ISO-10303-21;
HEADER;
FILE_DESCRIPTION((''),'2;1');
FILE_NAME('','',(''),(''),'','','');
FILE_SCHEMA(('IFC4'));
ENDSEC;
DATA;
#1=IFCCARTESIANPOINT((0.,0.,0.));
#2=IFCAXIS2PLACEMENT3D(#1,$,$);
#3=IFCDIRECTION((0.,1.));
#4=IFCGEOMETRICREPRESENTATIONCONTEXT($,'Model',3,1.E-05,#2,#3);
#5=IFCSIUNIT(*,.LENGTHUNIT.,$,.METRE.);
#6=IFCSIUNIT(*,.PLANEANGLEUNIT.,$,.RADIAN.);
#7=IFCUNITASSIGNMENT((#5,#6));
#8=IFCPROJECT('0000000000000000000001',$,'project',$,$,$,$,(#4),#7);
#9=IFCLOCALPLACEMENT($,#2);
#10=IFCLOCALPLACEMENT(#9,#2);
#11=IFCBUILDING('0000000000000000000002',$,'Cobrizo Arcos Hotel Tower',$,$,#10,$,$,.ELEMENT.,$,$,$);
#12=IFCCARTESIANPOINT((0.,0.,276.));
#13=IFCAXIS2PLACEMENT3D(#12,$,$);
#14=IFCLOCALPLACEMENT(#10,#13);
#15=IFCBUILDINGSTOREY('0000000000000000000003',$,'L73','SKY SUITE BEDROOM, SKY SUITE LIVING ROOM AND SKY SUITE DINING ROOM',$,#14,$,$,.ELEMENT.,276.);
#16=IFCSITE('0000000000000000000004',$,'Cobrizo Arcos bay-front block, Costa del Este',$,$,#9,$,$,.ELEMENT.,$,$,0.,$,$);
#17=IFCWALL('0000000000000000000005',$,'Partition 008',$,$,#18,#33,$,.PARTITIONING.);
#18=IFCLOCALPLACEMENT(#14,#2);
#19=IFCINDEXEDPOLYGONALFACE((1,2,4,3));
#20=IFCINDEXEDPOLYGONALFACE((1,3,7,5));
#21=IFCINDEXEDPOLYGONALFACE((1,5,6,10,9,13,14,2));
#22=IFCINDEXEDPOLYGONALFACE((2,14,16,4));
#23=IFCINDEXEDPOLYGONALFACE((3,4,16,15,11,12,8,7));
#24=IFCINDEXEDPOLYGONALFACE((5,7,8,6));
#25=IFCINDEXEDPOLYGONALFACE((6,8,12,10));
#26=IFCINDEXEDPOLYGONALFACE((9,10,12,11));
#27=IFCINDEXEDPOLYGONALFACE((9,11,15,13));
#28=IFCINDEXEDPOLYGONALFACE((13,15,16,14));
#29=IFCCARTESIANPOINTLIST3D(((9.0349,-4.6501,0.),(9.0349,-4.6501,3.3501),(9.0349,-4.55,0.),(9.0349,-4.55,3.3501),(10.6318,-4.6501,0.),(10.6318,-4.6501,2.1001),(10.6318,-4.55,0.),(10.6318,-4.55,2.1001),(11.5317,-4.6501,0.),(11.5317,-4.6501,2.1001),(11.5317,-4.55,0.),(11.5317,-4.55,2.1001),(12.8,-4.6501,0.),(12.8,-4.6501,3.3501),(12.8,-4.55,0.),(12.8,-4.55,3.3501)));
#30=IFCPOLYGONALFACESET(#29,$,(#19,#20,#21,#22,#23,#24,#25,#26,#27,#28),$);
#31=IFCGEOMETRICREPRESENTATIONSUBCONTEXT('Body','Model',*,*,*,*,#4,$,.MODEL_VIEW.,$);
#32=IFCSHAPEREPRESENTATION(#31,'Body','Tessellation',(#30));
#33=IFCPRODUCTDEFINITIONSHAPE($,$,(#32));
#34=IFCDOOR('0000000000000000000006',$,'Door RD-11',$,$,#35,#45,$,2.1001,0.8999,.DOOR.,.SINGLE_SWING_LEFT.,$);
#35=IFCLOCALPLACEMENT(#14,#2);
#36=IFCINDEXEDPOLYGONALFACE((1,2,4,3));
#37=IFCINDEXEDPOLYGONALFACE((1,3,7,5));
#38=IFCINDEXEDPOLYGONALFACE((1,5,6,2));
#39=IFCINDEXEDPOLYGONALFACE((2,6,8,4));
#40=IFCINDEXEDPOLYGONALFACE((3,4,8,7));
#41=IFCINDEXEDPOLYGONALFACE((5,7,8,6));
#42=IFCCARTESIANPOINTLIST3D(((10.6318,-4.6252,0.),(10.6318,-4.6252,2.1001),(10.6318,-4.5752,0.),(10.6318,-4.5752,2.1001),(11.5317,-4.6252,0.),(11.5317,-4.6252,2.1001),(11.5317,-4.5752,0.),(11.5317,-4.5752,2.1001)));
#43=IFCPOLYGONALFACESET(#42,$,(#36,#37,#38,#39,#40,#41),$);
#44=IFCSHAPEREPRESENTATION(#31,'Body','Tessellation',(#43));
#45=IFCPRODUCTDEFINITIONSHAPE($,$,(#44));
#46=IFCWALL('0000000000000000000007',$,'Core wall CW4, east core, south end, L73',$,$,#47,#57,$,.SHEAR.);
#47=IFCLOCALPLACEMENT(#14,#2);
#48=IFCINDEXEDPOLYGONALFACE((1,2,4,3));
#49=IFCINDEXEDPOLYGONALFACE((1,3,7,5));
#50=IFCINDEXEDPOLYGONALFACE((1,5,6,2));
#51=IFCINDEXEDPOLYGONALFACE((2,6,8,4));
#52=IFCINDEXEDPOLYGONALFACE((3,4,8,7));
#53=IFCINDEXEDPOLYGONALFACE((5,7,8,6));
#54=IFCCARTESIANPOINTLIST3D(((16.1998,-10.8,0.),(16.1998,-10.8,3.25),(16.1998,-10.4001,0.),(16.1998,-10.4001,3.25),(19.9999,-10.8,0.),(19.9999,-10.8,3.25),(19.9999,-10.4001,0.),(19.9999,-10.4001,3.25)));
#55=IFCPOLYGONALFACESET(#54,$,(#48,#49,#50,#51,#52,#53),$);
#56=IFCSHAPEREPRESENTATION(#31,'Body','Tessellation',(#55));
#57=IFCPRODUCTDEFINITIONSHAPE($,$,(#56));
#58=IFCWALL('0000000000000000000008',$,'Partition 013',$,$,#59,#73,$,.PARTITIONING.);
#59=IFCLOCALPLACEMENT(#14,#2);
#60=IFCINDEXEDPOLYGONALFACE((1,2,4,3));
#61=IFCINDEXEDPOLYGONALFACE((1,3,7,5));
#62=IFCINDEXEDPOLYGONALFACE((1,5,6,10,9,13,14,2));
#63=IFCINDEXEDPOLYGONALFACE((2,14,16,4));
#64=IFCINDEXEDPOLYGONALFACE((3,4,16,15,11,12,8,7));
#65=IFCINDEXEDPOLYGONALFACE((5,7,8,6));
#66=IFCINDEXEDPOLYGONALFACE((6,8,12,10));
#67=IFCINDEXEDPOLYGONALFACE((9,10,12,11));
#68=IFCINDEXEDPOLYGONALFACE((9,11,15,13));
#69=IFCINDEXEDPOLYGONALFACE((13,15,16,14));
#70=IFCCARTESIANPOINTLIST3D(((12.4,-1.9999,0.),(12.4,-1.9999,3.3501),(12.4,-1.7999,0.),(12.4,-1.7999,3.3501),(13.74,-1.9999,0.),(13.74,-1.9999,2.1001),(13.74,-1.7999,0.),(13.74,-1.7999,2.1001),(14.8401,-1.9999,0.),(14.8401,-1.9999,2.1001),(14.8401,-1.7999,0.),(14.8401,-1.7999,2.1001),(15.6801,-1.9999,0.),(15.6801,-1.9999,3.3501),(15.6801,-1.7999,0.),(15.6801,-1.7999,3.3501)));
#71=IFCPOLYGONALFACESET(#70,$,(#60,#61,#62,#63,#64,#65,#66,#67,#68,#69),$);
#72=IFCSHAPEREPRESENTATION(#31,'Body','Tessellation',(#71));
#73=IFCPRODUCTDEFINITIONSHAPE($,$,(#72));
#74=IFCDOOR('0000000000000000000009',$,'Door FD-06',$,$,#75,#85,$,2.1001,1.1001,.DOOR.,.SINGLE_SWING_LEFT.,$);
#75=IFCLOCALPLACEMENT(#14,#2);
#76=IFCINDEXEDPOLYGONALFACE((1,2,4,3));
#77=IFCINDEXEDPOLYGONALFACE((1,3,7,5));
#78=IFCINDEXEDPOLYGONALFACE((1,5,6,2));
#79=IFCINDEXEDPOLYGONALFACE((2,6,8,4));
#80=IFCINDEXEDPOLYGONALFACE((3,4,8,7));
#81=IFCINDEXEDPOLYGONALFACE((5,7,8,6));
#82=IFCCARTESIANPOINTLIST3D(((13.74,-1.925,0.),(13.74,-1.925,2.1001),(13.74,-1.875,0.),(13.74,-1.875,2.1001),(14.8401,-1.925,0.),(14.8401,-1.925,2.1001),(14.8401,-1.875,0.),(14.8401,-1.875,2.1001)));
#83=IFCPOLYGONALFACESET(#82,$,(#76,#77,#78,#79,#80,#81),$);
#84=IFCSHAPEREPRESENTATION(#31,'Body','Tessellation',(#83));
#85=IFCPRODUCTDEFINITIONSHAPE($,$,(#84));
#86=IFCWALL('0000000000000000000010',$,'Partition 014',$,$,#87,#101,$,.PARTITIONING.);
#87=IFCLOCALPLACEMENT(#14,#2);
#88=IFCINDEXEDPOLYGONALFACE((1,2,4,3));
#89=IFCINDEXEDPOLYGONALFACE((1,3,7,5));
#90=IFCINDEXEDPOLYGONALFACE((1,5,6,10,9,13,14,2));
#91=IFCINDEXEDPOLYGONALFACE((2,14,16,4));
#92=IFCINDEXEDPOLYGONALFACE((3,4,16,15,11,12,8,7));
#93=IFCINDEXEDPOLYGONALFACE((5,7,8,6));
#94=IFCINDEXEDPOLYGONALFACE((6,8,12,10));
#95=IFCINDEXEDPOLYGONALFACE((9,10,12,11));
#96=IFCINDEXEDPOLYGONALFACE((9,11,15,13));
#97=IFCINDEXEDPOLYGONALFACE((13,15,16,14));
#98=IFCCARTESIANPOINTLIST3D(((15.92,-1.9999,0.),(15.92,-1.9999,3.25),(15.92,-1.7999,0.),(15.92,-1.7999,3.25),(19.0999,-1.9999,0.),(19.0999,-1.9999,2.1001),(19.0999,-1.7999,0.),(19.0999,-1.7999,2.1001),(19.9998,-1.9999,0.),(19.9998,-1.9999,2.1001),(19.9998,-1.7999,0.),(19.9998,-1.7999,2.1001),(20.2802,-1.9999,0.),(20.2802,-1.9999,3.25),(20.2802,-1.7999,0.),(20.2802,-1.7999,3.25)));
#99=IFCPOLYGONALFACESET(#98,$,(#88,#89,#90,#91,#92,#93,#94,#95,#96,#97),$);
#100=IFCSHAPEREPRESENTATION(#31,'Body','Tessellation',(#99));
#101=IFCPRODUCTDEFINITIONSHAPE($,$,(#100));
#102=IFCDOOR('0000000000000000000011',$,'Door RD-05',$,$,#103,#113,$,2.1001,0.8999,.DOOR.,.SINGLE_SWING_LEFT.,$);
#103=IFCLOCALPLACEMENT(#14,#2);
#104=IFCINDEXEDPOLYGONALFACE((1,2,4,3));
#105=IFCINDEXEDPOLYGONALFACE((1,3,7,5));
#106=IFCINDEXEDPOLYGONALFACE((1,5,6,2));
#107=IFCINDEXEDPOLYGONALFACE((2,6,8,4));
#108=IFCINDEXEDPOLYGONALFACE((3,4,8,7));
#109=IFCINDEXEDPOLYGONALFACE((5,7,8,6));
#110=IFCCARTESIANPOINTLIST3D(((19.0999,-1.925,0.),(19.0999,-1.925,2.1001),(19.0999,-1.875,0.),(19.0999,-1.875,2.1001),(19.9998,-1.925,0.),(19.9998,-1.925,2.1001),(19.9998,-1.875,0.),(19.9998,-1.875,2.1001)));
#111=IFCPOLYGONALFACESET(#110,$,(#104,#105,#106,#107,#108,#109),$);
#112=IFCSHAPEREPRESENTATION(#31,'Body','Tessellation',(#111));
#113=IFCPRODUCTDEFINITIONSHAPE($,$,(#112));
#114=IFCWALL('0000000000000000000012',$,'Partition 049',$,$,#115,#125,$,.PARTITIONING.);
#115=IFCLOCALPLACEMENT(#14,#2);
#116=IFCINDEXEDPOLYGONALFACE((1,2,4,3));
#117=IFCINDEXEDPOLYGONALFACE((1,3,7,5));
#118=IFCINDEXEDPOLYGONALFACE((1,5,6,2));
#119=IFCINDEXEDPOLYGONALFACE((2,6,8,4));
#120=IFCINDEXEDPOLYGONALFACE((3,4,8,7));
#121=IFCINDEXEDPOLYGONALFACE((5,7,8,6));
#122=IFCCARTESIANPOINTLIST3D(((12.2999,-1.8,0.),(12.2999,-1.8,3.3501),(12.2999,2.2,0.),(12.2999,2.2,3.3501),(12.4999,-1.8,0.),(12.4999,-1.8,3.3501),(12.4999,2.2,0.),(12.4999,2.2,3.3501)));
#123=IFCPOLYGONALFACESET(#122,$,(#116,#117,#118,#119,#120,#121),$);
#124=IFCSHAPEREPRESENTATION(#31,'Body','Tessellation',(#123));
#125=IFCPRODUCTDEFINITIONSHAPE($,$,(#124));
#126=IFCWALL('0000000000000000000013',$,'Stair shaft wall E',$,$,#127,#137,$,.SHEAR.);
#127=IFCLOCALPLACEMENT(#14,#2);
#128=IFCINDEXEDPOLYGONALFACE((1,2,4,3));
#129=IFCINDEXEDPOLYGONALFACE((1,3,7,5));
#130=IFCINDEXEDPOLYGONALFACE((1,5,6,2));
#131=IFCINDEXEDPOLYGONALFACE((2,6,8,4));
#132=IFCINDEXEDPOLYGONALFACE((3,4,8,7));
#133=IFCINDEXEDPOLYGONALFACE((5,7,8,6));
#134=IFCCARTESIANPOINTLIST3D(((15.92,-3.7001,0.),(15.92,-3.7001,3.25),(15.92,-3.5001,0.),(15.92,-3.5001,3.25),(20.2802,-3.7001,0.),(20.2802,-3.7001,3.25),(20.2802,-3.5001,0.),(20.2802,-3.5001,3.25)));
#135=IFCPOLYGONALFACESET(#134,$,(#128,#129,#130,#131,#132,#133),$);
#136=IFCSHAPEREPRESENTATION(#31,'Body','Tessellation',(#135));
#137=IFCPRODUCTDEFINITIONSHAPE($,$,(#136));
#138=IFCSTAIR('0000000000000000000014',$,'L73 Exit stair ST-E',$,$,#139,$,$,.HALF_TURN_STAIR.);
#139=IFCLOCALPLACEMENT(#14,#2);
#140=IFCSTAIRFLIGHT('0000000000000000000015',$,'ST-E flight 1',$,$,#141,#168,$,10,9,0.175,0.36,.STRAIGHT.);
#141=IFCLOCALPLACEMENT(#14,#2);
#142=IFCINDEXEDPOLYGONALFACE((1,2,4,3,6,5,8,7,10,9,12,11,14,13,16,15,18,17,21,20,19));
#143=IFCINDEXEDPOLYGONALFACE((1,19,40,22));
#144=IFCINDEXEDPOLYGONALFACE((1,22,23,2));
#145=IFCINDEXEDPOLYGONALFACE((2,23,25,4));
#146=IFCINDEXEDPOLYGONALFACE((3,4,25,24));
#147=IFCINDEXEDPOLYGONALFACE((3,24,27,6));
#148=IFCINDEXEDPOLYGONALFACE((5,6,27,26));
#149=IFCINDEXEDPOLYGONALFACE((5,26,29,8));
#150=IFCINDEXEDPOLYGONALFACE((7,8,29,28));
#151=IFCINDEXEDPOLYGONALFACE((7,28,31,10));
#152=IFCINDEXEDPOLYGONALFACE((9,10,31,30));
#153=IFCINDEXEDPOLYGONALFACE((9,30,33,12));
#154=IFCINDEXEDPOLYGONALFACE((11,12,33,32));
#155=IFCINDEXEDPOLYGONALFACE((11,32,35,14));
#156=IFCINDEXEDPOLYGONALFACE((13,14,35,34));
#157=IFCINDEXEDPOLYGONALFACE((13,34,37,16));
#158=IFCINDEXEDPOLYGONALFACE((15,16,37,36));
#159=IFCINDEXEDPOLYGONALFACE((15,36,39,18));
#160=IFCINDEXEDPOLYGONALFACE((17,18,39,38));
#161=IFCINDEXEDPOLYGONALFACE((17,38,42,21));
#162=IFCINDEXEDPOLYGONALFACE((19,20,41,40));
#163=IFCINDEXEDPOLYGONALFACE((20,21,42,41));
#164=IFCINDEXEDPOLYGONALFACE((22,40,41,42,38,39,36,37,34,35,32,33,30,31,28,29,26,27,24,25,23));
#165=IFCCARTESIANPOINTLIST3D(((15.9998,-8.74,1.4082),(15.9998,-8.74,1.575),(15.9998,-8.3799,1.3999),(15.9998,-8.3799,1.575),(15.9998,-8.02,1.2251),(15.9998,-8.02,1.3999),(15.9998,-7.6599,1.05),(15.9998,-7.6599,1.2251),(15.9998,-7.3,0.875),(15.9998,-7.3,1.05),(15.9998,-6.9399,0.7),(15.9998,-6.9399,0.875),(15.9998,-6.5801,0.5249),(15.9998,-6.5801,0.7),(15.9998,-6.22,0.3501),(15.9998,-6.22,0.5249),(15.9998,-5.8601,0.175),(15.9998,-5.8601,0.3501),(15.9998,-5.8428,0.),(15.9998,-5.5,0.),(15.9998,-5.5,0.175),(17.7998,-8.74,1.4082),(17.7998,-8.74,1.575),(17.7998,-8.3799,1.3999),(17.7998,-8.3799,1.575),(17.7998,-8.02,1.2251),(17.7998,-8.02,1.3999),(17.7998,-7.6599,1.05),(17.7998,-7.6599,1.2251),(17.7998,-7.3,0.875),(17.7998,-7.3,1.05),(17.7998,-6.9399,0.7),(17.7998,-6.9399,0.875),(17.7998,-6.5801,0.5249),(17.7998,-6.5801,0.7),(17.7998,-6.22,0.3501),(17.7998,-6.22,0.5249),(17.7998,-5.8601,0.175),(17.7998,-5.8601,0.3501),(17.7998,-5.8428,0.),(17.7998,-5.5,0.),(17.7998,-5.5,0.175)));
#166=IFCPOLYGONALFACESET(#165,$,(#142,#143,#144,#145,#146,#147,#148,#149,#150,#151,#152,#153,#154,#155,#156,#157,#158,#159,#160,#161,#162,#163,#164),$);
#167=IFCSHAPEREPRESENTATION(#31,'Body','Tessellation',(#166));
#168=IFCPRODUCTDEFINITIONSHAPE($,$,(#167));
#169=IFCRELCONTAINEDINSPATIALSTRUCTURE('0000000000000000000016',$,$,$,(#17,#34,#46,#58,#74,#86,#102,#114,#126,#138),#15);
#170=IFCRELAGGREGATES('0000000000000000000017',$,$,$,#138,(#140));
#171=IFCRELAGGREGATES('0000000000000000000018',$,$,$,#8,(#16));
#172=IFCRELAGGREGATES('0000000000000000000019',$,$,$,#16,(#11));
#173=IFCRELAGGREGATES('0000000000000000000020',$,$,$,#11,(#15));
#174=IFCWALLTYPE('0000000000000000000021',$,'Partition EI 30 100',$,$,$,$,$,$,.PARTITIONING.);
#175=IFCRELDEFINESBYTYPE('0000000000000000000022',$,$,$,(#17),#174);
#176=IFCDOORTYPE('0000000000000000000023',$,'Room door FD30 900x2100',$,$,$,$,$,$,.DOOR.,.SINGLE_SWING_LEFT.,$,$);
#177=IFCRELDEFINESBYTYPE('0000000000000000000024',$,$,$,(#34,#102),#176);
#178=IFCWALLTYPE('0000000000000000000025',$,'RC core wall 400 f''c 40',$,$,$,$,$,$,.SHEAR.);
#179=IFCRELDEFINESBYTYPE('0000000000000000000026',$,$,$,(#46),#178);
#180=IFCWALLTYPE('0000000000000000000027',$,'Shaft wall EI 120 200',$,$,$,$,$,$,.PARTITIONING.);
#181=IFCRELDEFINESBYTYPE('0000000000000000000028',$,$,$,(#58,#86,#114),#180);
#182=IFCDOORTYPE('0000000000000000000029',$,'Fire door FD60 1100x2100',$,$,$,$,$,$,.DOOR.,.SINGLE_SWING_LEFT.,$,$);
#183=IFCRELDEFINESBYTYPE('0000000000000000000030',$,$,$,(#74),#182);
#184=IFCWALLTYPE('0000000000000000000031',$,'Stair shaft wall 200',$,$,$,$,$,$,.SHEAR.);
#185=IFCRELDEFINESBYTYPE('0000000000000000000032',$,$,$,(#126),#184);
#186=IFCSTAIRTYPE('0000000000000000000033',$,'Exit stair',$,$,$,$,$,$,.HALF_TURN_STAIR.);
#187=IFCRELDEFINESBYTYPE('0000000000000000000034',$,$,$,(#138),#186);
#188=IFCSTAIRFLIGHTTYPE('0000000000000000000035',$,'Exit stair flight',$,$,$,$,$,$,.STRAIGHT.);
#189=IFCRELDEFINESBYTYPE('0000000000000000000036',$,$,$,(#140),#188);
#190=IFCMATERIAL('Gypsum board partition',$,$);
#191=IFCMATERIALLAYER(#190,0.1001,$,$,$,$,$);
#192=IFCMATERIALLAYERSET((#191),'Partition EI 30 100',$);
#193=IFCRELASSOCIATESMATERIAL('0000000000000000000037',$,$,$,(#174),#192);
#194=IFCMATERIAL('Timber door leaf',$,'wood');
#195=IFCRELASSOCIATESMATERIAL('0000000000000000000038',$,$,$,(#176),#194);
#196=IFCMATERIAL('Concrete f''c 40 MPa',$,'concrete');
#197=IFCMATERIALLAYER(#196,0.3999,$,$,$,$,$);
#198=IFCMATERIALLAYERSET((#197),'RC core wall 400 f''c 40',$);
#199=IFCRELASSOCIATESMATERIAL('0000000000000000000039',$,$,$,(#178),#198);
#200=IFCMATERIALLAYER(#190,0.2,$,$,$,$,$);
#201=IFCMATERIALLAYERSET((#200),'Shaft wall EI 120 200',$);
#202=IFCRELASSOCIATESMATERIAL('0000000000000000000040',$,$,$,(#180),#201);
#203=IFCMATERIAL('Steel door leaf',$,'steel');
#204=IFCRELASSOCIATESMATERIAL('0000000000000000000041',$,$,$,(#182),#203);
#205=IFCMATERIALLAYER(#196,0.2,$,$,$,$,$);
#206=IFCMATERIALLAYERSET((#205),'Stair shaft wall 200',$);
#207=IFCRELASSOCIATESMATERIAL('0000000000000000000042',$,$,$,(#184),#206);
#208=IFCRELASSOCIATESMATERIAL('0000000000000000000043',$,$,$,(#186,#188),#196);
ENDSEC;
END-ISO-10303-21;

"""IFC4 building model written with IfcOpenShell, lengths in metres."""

from ifc_helpers import new_model, si_unit, direction, frame, frame_2d, origin, place, context, subcontext, project, spatial, polyline, rectangle, outline, extrude, material, layer, layer_set, type_object, element, fill, aggregate, save


model = new_model("IFC4")

# Units and contexts
model_context = context("Model", 3, precision=1e-05, world=origin(), true_north=direction((0.0, 1.0)))
body_context = subcontext(model_context, "Body", "Model", "MODEL_VIEW")
ifc_project = project(units=[si_unit("LENGTHUNIT", "METRE"), si_unit("PLANEANGLEUNIT", "RADIAN")], contexts=[model_context])

# Site, building, storey
site_placement = place(None, origin())
site = spatial("IfcSite", under=ifc_project, at=site_placement, Name="Cobrizo Arcos bay-front block, Costa del Este", CompositionType="ELEMENT", RefElevation=0.0)
building_placement = place(site_placement, origin())
building = spatial("IfcBuilding", under=site, at=building_placement, Name="Cobrizo Arcos Hotel Tower", CompositionType="ELEMENT")
storey_placement = place(building_placement, frame((0.0, 0.0, 276.0)))
storey = spatial("IfcBuildingStorey", under=building, at=storey_placement, Name="L73", Description="SKY SUITE BEDROOM, SKY SUITE LIVING ROOM AND SKY SUITE DINING ROOM", CompositionType="ELEMENT", Elevation=276.0)

# Wall, opening, door
ifc_material_1 = material(Name="Gypsum board partition")
ifc_layer_1 = layer(ifc_material_1, 0.1001)
ifc_layer_set_1 = layer_set([ifc_layer_1], Name="Partition EI 30 100")
wall_type_1 = type_object("IfcWallType", Name="Partition EI 30 100", PredefinedType="PARTITIONING", material=ifc_layer_set_1)
ifc_material_2 = material(Name="Timber door leaf", Category="wood")
door_type_1 = type_object("IfcDoorType", Name="Room door FD30 900x2100", OperationType="SINGLE_SWING_LEFT", PredefinedType="DOOR", material=ifc_material_2)
wall_1_placement = place(storey_placement, frame((9.0349, -4.6001, 0.0), z_axis=(0.0, 0.0, 1.0), x_axis=(1.0, 0.0, 0.0)))
wall_1 = element("IfcWall", 1, at=wall_1_placement, inside=storey, type_object=wall_type_1, Name="Partition 008", PredefinedType="PARTITIONING", context=body_context, shape_type="SweptSolid", body=[
    extrude(rectangle(XDim=3.7651, YDim=0.1001, at=frame_2d((1.8826, 0.0))), origin(), (0.0, 0.0, 1.0), 3.3501),
])
opening_1_placement = place(wall_1_placement, frame((1.5969, 0.0, 0.0)))
opening_1 = element("IfcOpeningElement", 2, at=opening_1_placement, cuts=wall_1, PredefinedType="OPENING", context=body_context, shape_type="SweptSolid", body=[
    extrude(rectangle(XDim=0.8999, YDim=2.1001, at=frame_2d((0.45, 1.05))), frame((0.0, 0.062, 0.0), z_axis=(0.0, -1.0, 0.0), x_axis=(1.0, 0.0, 0.0)), (0.0, 0.0, 1.0), 0.124),
])
door_1_placement = place(opening_1_placement, origin())
door_1 = element("IfcDoor", 3, at=door_1_placement, inside=storey, type_object=door_type_1, Name="Door RD-11", OperationType="SINGLE_SWING_LEFT", OverallHeight=2.1001, OverallWidth=0.8999, PredefinedType="DOOR", context=body_context, shape_type="SweptSolid", body=[
    extrude(rectangle(XDim=0.8999, YDim=2.1001, at=frame_2d((0.45, 1.05))), frame((0.0, 0.0249, 0.0), z_axis=(0.0, -1.0, 0.0), x_axis=(1.0, 0.0, 0.0)), (0.0, 0.0, 1.0), 0.05),
])
fill(opening_1, door_1)

# Wall
ifc_material_3 = material(Name="Concrete f'c 40 MPa", Category="concrete")
ifc_layer_2 = layer(ifc_material_3, 0.3999)
ifc_layer_set_2 = layer_set([ifc_layer_2], Name="RC core wall 400 f'c 40")
wall_type_2 = type_object("IfcWallType", Name="RC core wall 400 f'c 40", PredefinedType="SHEAR", material=ifc_layer_set_2)
wall_2_placement = place(storey_placement, frame((16.2, -10.6001, 0.0), z_axis=(0.0, 0.0, 1.0), x_axis=(1.0, 0.0, 0.0)))
element("IfcWall", 4, at=wall_2_placement, inside=storey, type_object=wall_type_2, Name="Core wall CW4, east core, south end, L73", PredefinedType="SHEAR", context=body_context, shape_type="SweptSolid", body=[
    extrude(rectangle(XDim=3.8, YDim=0.3999, at=frame_2d((1.8999, 0.0))), origin(), (0.0, 0.0, 1.0), 3.25),
])

# Walls, openings, doors
ifc_layer_3 = layer(ifc_material_1, 0.2)
ifc_layer_set_3 = layer_set([ifc_layer_3], Name="Shaft wall EI 120 200")
wall_type_3 = type_object("IfcWallType", Name="Shaft wall EI 120 200", PredefinedType="PARTITIONING", material=ifc_layer_set_3)
wall_3_placement = place(storey_placement, frame((12.3999, -1.8999, 0.0), z_axis=(0.0, 0.0, 1.0), x_axis=(1.0, 0.0, 0.0)))
wall_3 = element("IfcWall", 5, at=wall_3_placement, inside=storey, type_object=wall_type_3, Name="Partition 013", PredefinedType="PARTITIONING", context=body_context, shape_type="SweptSolid", body=[
    extrude(rectangle(XDim=3.28, YDim=0.2, at=frame_2d((1.6401, 0.0))), origin(), (0.0, 0.0, 1.0), 3.3501),
])
opening_2_placement = place(wall_3_placement, frame((1.3401, 0.0, 0.0)))
opening_2 = element("IfcOpeningElement", 6, at=opening_2_placement, cuts=wall_3, PredefinedType="OPENING", context=body_context, shape_type="SweptSolid", body=[
    extrude(rectangle(XDim=1.1001, YDim=2.1001, at=frame_2d((0.55, 1.05))), frame((0.0, 0.1121, 0.0), z_axis=(0.0, -1.0, 0.0), x_axis=(1.0, 0.0, 0.0)), (0.0, 0.0, 1.0), 0.2239),
])
ifc_material_4 = material(Name="Steel door leaf", Category="steel")
door_type_2 = type_object("IfcDoorType", Name="Fire door FD60 1100x2100", OperationType="SINGLE_SWING_LEFT", PredefinedType="DOOR", material=ifc_material_4)
door_2_placement = place(opening_2_placement, origin())
door_2 = element("IfcDoor", 7, at=door_2_placement, inside=storey, type_object=door_type_2, Name="Door FD-06", OperationType="SINGLE_SWING_LEFT", OverallHeight=2.1001, OverallWidth=1.1001, PredefinedType="DOOR", context=body_context, shape_type="SweptSolid", body=[
    extrude(rectangle(XDim=1.1001, YDim=2.1001, at=frame_2d((0.55, 1.05))), frame((0.0, 0.0249, 0.0), z_axis=(0.0, -1.0, 0.0), x_axis=(1.0, 0.0, 0.0)), (0.0, 0.0, 1.0), 0.05),
])
fill(opening_2, door_2)
wall_4_placement = place(storey_placement, frame((15.9199, -1.8999, 0.0), z_axis=(0.0, 0.0, 1.0), x_axis=(1.0, 0.0, 0.0)))
wall_4 = element("IfcWall", 8, at=wall_4_placement, inside=storey, type_object=wall_type_3, Name="Partition 014", PredefinedType="PARTITIONING", context=body_context, shape_type="SweptSolid", body=[
    extrude(rectangle(XDim=4.3601, YDim=0.2, at=frame_2d((2.1802, 0.0))), origin(), (0.0, 0.0, 1.0), 3.25),
])
opening_3_placement = place(wall_4_placement, frame((3.1799, 0.0, 0.0)))
opening_3 = element("IfcOpeningElement", 9, at=opening_3_placement, cuts=wall_4, PredefinedType="OPENING", context=body_context, shape_type="SweptSolid", body=[
    extrude(rectangle(XDim=0.8999, YDim=2.1001, at=frame_2d((0.45, 1.05))), frame((0.0, 0.1121, 0.0), z_axis=(0.0, -1.0, 0.0), x_axis=(1.0, 0.0, 0.0)), (0.0, 0.0, 1.0), 0.2239),
])
door_3_placement = place(opening_3_placement, origin())
door_3 = element("IfcDoor", 10, at=door_3_placement, inside=storey, type_object=door_type_1, Name="Door RD-05", OperationType="SINGLE_SWING_LEFT", OverallHeight=2.1001, OverallWidth=0.8999, PredefinedType="DOOR", context=body_context, shape_type="SweptSolid", body=[
    extrude(rectangle(XDim=0.8999, YDim=2.1001, at=frame_2d((0.45, 1.05))), frame((0.0, 0.0249, 0.0), z_axis=(0.0, -1.0, 0.0), x_axis=(1.0, 0.0, 0.0)), (0.0, 0.0, 1.0), 0.05),
])
fill(opening_3, door_3)

# Walls
wall_5_placement = place(storey_placement, frame((12.3999, -1.8, 0.0), z_axis=(0.0, 0.0, 1.0), x_axis=(0.0, 1.0, 0.0)))
element("IfcWall", 11, at=wall_5_placement, inside=storey, type_object=wall_type_3, Name="Partition 049", PredefinedType="PARTITIONING", context=body_context, shape_type="SweptSolid", body=[
    extrude(rectangle(XDim=4.0, YDim=0.2, at=frame_2d((2.0, 0.0))), origin(), (0.0, 0.0, 1.0), 3.3501),
])
ifc_layer_4 = layer(ifc_material_3, 0.2)
ifc_layer_set_4 = layer_set([ifc_layer_4], Name="Stair shaft wall 200")
wall_type_4 = type_object("IfcWallType", Name="Stair shaft wall 200", PredefinedType="SHEAR", material=ifc_layer_set_4)
wall_6_placement = place(storey_placement, frame((15.9199, -3.6001, 0.0), z_axis=(0.0, 0.0, 1.0), x_axis=(1.0, 0.0, 0.0)))
element("IfcWall", 12, at=wall_6_placement, inside=storey, type_object=wall_type_4, Name="Stair shaft wall E", PredefinedType="SHEAR", context=body_context, shape_type="SweptSolid", body=[
    extrude(rectangle(XDim=4.3601, YDim=0.2, at=frame_2d((2.1802, 0.0))), origin(), (0.0, 0.0, 1.0), 3.25),
])

# Stair, stair flight
stair_type = type_object("IfcStairType", Name="Exit stair", PredefinedType="HALF_TURN_STAIR", material=ifc_material_3)
stair_placement = place(storey_placement, origin())
stair = element("IfcStair", 13, at=stair_placement, inside=storey, type_object=stair_type, Name="L73 Exit stair ST-E", PredefinedType="HALF_TURN_STAIR")
stair_flight_type = type_object("IfcStairFlightType", Name="Exit stair flight", PredefinedType="STRAIGHT", material=ifc_material_3)
stair_flight_placement = place(storey_placement, frame((16.8999, -5.5, 0.0), z_axis=(0.0, 0.0, 1.0), x_axis=(0.0, -1.0, 0.0)))
stair_flight = element("IfcStairFlight", 14, at=stair_flight_placement, type_object=stair_flight_type, Name="ST-E flight 1", NumberOfRisers=10, NumberOfTreads=9, PredefinedType="STRAIGHT", RiserHeight=0.175, TreadLength=0.36, context=body_context, shape_type="SweptSolid", body=[
    extrude(outline(polyline([(0.0, 0.0), (0.0, 0.175), (0.3601, 0.175), (0.3601, 0.3501), (0.72, 0.3501), (0.72, 0.5249), (1.0801, 0.5249), (1.0801, 0.7), (1.4399, 0.7), (1.4399, 0.875), (1.8, 0.875), (1.8, 1.05), (2.1599, 1.05), (2.1599, 1.2251), (2.52, 1.2251), (2.52, 1.3999), (2.8799, 1.3999), (2.8799, 1.575), (3.24, 1.575), (3.24, 1.75), (3.24, 1.4082), (0.3428, 0.0), (0.0, 0.0)])), frame((0.0, 0.8999, 0.0), z_axis=(0.0, -1.0, 0.0), x_axis=(1.0, 0.0, 0.0)), (0.0, 0.0, 1.0), 1.8),
])
aggregate(stair, [stair_flight])

save(model, "model.ifc")
